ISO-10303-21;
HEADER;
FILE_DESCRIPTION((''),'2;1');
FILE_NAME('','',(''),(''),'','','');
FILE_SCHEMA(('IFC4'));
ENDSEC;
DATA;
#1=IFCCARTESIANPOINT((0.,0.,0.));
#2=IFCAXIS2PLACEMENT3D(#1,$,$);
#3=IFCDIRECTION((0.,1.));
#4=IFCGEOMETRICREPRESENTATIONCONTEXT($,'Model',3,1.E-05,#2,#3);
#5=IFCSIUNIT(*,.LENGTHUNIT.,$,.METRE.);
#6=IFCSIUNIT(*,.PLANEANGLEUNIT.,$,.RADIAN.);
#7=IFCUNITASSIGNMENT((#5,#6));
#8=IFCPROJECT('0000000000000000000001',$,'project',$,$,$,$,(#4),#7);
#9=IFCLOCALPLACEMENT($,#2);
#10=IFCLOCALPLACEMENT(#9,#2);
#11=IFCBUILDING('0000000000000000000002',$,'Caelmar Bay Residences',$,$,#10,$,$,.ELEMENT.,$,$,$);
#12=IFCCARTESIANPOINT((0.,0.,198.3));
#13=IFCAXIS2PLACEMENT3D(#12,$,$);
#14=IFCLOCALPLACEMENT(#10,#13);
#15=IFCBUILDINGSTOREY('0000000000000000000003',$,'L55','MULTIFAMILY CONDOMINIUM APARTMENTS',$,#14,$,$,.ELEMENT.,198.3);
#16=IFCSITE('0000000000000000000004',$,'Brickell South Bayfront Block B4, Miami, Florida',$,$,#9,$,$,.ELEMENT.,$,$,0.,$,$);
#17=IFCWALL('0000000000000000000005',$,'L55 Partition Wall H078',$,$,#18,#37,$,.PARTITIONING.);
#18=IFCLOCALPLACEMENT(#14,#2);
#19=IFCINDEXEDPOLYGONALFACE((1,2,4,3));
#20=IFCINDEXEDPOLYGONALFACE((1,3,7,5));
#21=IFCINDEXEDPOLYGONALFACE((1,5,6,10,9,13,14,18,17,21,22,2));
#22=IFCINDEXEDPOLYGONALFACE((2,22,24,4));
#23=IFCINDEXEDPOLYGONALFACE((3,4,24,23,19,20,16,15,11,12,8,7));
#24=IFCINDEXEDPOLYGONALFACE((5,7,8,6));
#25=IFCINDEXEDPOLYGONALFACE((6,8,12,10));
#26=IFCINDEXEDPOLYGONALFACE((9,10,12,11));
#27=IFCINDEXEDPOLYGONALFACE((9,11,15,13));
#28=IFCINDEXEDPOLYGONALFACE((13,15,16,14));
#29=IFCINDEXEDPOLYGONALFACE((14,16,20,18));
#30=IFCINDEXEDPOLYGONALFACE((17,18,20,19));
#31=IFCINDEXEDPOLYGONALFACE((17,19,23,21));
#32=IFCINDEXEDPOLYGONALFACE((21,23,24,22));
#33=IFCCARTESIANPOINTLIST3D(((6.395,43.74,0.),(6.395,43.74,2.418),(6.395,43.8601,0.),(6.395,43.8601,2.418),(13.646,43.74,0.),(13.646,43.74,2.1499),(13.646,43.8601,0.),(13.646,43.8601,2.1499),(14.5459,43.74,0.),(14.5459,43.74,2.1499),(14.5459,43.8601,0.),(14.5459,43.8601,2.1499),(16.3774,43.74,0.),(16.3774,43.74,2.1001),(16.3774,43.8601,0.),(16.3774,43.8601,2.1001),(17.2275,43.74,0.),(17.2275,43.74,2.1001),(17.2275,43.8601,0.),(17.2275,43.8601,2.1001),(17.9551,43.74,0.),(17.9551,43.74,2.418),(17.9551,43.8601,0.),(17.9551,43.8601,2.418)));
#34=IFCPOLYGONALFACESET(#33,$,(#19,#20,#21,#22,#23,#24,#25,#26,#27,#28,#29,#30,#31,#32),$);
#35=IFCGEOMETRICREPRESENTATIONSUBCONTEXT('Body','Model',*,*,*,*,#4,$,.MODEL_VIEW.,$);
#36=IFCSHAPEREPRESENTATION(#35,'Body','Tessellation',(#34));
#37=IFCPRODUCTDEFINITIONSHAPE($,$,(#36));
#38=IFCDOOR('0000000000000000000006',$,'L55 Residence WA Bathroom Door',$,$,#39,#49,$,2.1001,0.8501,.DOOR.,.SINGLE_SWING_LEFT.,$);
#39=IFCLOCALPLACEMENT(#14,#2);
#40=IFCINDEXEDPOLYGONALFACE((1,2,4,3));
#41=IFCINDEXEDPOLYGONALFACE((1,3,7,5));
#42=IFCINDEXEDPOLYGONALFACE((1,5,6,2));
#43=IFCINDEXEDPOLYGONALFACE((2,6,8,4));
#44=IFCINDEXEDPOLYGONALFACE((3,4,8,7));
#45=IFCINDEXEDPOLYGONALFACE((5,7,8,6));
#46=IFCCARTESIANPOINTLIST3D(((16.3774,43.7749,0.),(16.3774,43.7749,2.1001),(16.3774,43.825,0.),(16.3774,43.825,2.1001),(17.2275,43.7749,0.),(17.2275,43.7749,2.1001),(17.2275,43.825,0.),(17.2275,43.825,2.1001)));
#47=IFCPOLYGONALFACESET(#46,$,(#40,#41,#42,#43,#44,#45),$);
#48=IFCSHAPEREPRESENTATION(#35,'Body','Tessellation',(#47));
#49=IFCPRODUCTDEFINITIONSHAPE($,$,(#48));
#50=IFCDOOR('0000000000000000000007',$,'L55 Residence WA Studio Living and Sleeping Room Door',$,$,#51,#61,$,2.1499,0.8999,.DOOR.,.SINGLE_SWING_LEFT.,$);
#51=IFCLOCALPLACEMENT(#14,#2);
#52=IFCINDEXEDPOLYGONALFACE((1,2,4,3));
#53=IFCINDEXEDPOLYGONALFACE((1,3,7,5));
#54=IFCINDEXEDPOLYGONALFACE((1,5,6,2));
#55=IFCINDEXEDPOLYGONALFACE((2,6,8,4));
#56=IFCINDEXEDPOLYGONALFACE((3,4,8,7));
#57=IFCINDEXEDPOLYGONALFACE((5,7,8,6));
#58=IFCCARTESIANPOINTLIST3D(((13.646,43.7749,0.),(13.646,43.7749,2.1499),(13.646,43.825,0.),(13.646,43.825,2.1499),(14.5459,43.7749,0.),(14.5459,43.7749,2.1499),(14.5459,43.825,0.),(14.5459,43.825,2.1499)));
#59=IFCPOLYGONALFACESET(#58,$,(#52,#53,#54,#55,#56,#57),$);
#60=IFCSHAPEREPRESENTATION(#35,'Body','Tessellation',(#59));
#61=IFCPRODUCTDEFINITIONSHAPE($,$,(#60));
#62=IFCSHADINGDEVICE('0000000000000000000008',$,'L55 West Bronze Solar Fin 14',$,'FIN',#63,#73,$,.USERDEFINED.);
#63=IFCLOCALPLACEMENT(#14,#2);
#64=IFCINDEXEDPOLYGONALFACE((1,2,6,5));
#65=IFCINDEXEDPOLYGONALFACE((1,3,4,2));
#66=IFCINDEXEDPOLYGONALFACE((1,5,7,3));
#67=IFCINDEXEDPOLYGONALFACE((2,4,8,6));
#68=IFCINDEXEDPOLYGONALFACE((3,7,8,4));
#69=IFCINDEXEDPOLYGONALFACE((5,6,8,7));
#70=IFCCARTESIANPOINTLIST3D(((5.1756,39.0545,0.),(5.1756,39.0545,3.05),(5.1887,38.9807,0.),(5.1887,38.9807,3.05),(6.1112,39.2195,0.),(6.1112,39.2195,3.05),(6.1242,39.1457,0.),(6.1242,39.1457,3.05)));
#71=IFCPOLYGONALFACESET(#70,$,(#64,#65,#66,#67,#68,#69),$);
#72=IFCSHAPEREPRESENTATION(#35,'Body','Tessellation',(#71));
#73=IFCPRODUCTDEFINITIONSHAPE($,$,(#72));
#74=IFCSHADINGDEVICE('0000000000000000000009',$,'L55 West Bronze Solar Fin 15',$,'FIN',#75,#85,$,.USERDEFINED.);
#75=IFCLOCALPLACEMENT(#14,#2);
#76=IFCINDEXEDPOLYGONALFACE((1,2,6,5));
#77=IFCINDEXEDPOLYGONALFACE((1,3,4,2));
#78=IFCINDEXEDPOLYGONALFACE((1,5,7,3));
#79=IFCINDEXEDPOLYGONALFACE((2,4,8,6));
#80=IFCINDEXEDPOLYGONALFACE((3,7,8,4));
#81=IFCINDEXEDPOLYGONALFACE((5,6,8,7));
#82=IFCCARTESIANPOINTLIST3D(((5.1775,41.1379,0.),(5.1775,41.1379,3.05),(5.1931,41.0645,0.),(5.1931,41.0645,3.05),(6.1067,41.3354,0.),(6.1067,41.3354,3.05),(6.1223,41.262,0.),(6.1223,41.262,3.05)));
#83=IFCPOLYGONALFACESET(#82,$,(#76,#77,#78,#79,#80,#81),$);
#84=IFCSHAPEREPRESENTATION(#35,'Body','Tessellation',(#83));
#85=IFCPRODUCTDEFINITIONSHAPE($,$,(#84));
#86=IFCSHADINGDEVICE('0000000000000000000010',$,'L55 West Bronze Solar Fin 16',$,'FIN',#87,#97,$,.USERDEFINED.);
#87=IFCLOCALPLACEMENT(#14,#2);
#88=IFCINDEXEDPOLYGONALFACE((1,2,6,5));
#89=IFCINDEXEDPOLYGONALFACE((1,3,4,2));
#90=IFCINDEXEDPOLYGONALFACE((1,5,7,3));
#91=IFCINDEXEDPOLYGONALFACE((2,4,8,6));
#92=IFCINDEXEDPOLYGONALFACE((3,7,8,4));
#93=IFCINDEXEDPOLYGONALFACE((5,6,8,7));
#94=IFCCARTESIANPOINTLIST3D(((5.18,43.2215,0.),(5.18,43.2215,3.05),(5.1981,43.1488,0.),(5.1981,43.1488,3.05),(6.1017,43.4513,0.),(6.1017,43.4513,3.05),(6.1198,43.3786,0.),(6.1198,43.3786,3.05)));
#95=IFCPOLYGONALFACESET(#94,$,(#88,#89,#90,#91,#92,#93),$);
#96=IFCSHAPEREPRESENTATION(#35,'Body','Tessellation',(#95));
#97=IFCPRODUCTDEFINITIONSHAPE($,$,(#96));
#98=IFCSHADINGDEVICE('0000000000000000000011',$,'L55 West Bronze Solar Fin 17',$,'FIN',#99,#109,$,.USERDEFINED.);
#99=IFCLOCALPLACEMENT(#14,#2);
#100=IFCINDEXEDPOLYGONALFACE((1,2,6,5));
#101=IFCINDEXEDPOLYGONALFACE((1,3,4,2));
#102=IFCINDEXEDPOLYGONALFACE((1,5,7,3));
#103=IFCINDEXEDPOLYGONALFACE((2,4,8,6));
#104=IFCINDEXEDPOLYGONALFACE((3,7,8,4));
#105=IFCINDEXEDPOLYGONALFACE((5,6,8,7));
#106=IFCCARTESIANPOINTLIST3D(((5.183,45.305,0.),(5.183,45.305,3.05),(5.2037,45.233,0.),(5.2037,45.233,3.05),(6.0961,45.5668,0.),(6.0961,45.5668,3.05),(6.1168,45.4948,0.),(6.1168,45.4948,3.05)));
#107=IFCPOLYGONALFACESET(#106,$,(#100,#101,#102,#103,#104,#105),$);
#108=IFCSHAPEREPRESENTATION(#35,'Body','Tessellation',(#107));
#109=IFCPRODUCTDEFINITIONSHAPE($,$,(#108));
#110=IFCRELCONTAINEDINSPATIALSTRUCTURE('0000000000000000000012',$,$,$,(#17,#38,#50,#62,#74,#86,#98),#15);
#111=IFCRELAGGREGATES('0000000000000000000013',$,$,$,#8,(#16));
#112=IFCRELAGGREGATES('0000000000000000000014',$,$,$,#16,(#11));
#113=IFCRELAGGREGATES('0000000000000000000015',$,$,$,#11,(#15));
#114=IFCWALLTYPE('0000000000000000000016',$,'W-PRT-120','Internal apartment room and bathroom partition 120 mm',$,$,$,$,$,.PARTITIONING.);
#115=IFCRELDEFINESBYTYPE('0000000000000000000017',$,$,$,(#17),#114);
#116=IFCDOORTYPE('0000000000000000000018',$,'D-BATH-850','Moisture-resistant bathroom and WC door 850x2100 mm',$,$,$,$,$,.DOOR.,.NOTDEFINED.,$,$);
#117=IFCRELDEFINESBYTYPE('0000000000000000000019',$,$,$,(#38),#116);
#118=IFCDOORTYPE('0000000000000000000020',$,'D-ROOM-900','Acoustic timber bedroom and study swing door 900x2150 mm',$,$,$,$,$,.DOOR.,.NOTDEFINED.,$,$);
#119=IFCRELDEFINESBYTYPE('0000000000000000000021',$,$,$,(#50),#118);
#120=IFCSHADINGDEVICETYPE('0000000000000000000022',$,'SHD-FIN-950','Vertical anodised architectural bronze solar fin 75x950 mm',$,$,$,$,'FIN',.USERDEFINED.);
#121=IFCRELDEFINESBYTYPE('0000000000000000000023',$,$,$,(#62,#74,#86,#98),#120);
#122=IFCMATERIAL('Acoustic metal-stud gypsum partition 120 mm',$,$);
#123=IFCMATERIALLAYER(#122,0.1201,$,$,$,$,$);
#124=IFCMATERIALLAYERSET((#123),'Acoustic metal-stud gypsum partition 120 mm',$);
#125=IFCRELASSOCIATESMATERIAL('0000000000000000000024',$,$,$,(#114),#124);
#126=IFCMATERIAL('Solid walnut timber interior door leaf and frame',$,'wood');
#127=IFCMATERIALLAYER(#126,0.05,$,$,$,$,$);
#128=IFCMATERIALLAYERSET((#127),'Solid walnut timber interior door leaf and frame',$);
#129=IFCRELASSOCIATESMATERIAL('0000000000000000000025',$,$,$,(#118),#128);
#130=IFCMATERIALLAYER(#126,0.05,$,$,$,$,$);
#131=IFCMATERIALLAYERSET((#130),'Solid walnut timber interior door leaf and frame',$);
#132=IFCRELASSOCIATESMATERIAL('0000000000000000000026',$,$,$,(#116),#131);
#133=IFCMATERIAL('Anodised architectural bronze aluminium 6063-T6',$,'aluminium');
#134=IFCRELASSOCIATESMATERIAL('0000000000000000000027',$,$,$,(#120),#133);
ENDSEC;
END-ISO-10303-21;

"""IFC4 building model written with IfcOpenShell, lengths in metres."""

from ifc_helpers import new_model, si_unit, direction, frame, frame_2d, origin, origin_2d, place, context, subcontext, project, spatial, rectangle, extrude, material, layer, layer_set, material_profile, profile_set, type_object, element, fill, save


model = new_model("IFC4")

# Units and contexts
model_context = context("Model", 3, precision=1e-05, world=origin(), true_north=direction((0.0, 1.0)))
body_context = subcontext(model_context, "Body", "Model", "MODEL_VIEW")
ifc_project = project(units=[si_unit("LENGTHUNIT", "METRE"), si_unit("PLANEANGLEUNIT", "RADIAN")], contexts=[model_context])

# Site, building, storey
site_placement = place(None, origin())
site = spatial("IfcSite", under=ifc_project, at=site_placement, Name="Brickell South Bayfront Block B4, Miami, Florida", CompositionType="ELEMENT", RefElevation=0.0)
building_placement = place(site_placement, origin())
building = spatial("IfcBuilding", under=site, at=building_placement, Name="Caelmar Bay Residences", CompositionType="ELEMENT")
storey_placement = place(building_placement, frame((0.0, 0.0, 198.3)))
storey = spatial("IfcBuildingStorey", under=building, at=storey_placement, Name="L55", Description="MULTIFAMILY CONDOMINIUM APARTMENTS", CompositionType="ELEMENT", Elevation=198.3)

# Shared definitions
ifc_material_1 = material(Name="Acoustic metal-stud gypsum partition 120 mm")
ifc_layer_1 = layer(ifc_material_1, 0.1201)
ifc_layer_set_1 = layer_set([ifc_layer_1], Name="Acoustic metal-stud gypsum partition 120 mm")
wall_type_1 = type_object("IfcWallType", Name="W-PRT-120", Description="Internal apartment room and bathroom partition 120 mm", PredefinedType="PARTITIONING", material=ifc_layer_set_1)
ifc_material_2 = material(Name="Solid walnut timber interior door leaf and frame", Category="wood")
ifc_layer_2 = layer(ifc_material_2, 0.05)
ifc_layer_set_2 = layer_set([ifc_layer_2], Name="Solid walnut timber interior door leaf and frame")
door_type_1 = type_object("IfcDoorType", Name="D-ROOM-900", Description="Acoustic timber bedroom and study swing door 900x2150 mm", OperationType="NOTDEFINED", PredefinedType="DOOR", material=ifc_layer_set_2)

# Wall, openings, doors
wall_1_placement = place(storey_placement, frame((6.395, 43.8, 0.0), z_axis=(0.0, 0.0, 1.0), x_axis=(1.0, 0.0, 0.0)))
wall_1 = element("IfcWall", 1, at=wall_1_placement, inside=storey, type_object=wall_type_1, Name="L55 Partition Wall H078", PredefinedType="PARTITIONING", context=body_context, shape_type="SweptSolid", body=[
    extrude(rectangle(XDim=11.5601, YDim=0.1201, at=frame_2d((5.78, 0.0))), origin(), (0.0, 0.0, 1.0), 2.418),
])
opening_1_placement = place(wall_1_placement, frame((7.251, 0.0, 0.0)))
opening_1 = element("IfcOpeningElement", 2, at=opening_1_placement, cuts=wall_1, PredefinedType="OPENING", context=body_context, shape_type="SweptSolid", body=[
    extrude(rectangle(XDim=0.8999, YDim=2.1499, at=frame_2d((0.45, 1.075))), frame((0.0, 0.0701, 0.0), z_axis=(0.0, -1.0, 0.0), x_axis=(1.0, 0.0, 0.0)), (0.0, 0.0, 1.0), 0.1401),
])
opening_2_placement = place(wall_1_placement, frame((9.9824, 0.0, 0.0)))
opening_2 = element("IfcOpeningElement", 3, at=opening_2_placement, cuts=wall_1, PredefinedType="OPENING", context=body_context, shape_type="SweptSolid", body=[
    extrude(rectangle(XDim=0.8501, YDim=2.1001, at=frame_2d((0.425, 1.05))), frame((0.0, 0.0701, 0.0), z_axis=(0.0, -1.0, 0.0), x_axis=(1.0, 0.0, 0.0)), (0.0, 0.0, 1.0), 0.1401),
])
ifc_layer_3 = layer(ifc_material_2, 0.05)
ifc_layer_set_3 = layer_set([ifc_layer_3], Name="Solid walnut timber interior door leaf and frame")
door_type_2 = type_object("IfcDoorType", Name="D-BATH-850", Description="Moisture-resistant bathroom and WC door 850x2100 mm", OperationType="NOTDEFINED", PredefinedType="DOOR", material=ifc_layer_set_3)
door_1_placement = place(opening_2_placement, origin())
door_1 = element("IfcDoor", 4, at=door_1_placement, inside=storey, type_object=door_type_2, Name="L55 Residence WA Bathroom Door", OperationType="SINGLE_SWING_LEFT", OverallHeight=2.1001, OverallWidth=0.8501, PredefinedType="DOOR", context=body_context, shape_type="SweptSolid", body=[
    extrude(rectangle(XDim=0.8501, YDim=2.1001, at=frame_2d((0.425, 1.05))), frame((0.0, 0.0249, 0.0), z_axis=(0.0, -1.0, 0.0), x_axis=(1.0, 0.0, 0.0)), (0.0, 0.0, 1.0), 0.05),
])
fill(opening_2, door_1)
door_2_placement = place(opening_1_placement, origin())
door_2 = element("IfcDoor", 5, at=door_2_placement, inside=storey, type_object=door_type_1, Name="L55 Residence WA Studio Living and Sleeping Room Door", OperationType="SINGLE_SWING_LEFT", OverallHeight=2.1499, OverallWidth=0.8999, PredefinedType="DOOR", context=body_context, shape_type="SweptSolid", body=[
    extrude(rectangle(XDim=0.8999, YDim=2.1499, at=frame_2d((0.45, 1.075))), frame((0.0, 0.0249, 0.0), z_axis=(0.0, -1.0, 0.0), x_axis=(1.0, 0.0, 0.0)), (0.0, 0.0, 1.0), 0.05),
])
fill(opening_1, door_2)

# Shading devices
ifc_material_3 = material(Name="Anodised architectural bronze aluminium 6063-T6", Category="aluminium")
ifc_material_profile_1 = material_profile(ifc_material_3, rectangle(XDim=0.075, YDim=0.95, at=origin_2d()), Name="BRONZE-FIN-75X950")
ifc_profile_set_1 = profile_set([ifc_material_profile_1], Name="Anodised architectural bronze aluminium 6063-T6")
shading_device_type = type_object("IfcShadingDeviceType", Name="SHD-FIN-950", Description="Vertical anodised architectural bronze solar fin 75x950 mm", ElementType="FIN", PredefinedType="USERDEFINED", material=ifc_profile_set_1)
for number, where, z_axis, x_axis, name in (
    (6, (5.6499, 39.1001, 0.0), (0.0, 0.0, 1.0), (-0.173648, 0.984808, 0.0), "L55 West Bronze Solar Fin 14"),
    (7, (5.6499, 41.2, 0.0), (0.0, 0.0, 1.0), (-0.207912, 0.978148, 0.0), "L55 West Bronze Solar Fin 15"),
    (8, (5.6499, 43.3, 0.0), (0.0, 0.0, 1.0), (-0.241922, 0.970296, 0.0), "L55 West Bronze Solar Fin 16"),
    (9, (5.6499, 45.3999, 0.0), (0.0, 0.0, 1.0), (-0.275637, 0.961262, 0.0), "L55 West Bronze Solar Fin 17"),
):
    element("IfcShadingDevice", number, at=place(storey_placement, frame(where, z_axis=z_axis, x_axis=x_axis)), inside=storey, type_object=shading_device_type, Name=name, ObjectType="FIN", PredefinedType="USERDEFINED", context=body_context, shape_type="SweptSolid", body=[
        extrude(rectangle(XDim=0.075, YDim=0.95, at=origin_2d()), origin(), (0.0, 0.0, 1.0), 3.05),
    ])

save(model, "model.ifc")
